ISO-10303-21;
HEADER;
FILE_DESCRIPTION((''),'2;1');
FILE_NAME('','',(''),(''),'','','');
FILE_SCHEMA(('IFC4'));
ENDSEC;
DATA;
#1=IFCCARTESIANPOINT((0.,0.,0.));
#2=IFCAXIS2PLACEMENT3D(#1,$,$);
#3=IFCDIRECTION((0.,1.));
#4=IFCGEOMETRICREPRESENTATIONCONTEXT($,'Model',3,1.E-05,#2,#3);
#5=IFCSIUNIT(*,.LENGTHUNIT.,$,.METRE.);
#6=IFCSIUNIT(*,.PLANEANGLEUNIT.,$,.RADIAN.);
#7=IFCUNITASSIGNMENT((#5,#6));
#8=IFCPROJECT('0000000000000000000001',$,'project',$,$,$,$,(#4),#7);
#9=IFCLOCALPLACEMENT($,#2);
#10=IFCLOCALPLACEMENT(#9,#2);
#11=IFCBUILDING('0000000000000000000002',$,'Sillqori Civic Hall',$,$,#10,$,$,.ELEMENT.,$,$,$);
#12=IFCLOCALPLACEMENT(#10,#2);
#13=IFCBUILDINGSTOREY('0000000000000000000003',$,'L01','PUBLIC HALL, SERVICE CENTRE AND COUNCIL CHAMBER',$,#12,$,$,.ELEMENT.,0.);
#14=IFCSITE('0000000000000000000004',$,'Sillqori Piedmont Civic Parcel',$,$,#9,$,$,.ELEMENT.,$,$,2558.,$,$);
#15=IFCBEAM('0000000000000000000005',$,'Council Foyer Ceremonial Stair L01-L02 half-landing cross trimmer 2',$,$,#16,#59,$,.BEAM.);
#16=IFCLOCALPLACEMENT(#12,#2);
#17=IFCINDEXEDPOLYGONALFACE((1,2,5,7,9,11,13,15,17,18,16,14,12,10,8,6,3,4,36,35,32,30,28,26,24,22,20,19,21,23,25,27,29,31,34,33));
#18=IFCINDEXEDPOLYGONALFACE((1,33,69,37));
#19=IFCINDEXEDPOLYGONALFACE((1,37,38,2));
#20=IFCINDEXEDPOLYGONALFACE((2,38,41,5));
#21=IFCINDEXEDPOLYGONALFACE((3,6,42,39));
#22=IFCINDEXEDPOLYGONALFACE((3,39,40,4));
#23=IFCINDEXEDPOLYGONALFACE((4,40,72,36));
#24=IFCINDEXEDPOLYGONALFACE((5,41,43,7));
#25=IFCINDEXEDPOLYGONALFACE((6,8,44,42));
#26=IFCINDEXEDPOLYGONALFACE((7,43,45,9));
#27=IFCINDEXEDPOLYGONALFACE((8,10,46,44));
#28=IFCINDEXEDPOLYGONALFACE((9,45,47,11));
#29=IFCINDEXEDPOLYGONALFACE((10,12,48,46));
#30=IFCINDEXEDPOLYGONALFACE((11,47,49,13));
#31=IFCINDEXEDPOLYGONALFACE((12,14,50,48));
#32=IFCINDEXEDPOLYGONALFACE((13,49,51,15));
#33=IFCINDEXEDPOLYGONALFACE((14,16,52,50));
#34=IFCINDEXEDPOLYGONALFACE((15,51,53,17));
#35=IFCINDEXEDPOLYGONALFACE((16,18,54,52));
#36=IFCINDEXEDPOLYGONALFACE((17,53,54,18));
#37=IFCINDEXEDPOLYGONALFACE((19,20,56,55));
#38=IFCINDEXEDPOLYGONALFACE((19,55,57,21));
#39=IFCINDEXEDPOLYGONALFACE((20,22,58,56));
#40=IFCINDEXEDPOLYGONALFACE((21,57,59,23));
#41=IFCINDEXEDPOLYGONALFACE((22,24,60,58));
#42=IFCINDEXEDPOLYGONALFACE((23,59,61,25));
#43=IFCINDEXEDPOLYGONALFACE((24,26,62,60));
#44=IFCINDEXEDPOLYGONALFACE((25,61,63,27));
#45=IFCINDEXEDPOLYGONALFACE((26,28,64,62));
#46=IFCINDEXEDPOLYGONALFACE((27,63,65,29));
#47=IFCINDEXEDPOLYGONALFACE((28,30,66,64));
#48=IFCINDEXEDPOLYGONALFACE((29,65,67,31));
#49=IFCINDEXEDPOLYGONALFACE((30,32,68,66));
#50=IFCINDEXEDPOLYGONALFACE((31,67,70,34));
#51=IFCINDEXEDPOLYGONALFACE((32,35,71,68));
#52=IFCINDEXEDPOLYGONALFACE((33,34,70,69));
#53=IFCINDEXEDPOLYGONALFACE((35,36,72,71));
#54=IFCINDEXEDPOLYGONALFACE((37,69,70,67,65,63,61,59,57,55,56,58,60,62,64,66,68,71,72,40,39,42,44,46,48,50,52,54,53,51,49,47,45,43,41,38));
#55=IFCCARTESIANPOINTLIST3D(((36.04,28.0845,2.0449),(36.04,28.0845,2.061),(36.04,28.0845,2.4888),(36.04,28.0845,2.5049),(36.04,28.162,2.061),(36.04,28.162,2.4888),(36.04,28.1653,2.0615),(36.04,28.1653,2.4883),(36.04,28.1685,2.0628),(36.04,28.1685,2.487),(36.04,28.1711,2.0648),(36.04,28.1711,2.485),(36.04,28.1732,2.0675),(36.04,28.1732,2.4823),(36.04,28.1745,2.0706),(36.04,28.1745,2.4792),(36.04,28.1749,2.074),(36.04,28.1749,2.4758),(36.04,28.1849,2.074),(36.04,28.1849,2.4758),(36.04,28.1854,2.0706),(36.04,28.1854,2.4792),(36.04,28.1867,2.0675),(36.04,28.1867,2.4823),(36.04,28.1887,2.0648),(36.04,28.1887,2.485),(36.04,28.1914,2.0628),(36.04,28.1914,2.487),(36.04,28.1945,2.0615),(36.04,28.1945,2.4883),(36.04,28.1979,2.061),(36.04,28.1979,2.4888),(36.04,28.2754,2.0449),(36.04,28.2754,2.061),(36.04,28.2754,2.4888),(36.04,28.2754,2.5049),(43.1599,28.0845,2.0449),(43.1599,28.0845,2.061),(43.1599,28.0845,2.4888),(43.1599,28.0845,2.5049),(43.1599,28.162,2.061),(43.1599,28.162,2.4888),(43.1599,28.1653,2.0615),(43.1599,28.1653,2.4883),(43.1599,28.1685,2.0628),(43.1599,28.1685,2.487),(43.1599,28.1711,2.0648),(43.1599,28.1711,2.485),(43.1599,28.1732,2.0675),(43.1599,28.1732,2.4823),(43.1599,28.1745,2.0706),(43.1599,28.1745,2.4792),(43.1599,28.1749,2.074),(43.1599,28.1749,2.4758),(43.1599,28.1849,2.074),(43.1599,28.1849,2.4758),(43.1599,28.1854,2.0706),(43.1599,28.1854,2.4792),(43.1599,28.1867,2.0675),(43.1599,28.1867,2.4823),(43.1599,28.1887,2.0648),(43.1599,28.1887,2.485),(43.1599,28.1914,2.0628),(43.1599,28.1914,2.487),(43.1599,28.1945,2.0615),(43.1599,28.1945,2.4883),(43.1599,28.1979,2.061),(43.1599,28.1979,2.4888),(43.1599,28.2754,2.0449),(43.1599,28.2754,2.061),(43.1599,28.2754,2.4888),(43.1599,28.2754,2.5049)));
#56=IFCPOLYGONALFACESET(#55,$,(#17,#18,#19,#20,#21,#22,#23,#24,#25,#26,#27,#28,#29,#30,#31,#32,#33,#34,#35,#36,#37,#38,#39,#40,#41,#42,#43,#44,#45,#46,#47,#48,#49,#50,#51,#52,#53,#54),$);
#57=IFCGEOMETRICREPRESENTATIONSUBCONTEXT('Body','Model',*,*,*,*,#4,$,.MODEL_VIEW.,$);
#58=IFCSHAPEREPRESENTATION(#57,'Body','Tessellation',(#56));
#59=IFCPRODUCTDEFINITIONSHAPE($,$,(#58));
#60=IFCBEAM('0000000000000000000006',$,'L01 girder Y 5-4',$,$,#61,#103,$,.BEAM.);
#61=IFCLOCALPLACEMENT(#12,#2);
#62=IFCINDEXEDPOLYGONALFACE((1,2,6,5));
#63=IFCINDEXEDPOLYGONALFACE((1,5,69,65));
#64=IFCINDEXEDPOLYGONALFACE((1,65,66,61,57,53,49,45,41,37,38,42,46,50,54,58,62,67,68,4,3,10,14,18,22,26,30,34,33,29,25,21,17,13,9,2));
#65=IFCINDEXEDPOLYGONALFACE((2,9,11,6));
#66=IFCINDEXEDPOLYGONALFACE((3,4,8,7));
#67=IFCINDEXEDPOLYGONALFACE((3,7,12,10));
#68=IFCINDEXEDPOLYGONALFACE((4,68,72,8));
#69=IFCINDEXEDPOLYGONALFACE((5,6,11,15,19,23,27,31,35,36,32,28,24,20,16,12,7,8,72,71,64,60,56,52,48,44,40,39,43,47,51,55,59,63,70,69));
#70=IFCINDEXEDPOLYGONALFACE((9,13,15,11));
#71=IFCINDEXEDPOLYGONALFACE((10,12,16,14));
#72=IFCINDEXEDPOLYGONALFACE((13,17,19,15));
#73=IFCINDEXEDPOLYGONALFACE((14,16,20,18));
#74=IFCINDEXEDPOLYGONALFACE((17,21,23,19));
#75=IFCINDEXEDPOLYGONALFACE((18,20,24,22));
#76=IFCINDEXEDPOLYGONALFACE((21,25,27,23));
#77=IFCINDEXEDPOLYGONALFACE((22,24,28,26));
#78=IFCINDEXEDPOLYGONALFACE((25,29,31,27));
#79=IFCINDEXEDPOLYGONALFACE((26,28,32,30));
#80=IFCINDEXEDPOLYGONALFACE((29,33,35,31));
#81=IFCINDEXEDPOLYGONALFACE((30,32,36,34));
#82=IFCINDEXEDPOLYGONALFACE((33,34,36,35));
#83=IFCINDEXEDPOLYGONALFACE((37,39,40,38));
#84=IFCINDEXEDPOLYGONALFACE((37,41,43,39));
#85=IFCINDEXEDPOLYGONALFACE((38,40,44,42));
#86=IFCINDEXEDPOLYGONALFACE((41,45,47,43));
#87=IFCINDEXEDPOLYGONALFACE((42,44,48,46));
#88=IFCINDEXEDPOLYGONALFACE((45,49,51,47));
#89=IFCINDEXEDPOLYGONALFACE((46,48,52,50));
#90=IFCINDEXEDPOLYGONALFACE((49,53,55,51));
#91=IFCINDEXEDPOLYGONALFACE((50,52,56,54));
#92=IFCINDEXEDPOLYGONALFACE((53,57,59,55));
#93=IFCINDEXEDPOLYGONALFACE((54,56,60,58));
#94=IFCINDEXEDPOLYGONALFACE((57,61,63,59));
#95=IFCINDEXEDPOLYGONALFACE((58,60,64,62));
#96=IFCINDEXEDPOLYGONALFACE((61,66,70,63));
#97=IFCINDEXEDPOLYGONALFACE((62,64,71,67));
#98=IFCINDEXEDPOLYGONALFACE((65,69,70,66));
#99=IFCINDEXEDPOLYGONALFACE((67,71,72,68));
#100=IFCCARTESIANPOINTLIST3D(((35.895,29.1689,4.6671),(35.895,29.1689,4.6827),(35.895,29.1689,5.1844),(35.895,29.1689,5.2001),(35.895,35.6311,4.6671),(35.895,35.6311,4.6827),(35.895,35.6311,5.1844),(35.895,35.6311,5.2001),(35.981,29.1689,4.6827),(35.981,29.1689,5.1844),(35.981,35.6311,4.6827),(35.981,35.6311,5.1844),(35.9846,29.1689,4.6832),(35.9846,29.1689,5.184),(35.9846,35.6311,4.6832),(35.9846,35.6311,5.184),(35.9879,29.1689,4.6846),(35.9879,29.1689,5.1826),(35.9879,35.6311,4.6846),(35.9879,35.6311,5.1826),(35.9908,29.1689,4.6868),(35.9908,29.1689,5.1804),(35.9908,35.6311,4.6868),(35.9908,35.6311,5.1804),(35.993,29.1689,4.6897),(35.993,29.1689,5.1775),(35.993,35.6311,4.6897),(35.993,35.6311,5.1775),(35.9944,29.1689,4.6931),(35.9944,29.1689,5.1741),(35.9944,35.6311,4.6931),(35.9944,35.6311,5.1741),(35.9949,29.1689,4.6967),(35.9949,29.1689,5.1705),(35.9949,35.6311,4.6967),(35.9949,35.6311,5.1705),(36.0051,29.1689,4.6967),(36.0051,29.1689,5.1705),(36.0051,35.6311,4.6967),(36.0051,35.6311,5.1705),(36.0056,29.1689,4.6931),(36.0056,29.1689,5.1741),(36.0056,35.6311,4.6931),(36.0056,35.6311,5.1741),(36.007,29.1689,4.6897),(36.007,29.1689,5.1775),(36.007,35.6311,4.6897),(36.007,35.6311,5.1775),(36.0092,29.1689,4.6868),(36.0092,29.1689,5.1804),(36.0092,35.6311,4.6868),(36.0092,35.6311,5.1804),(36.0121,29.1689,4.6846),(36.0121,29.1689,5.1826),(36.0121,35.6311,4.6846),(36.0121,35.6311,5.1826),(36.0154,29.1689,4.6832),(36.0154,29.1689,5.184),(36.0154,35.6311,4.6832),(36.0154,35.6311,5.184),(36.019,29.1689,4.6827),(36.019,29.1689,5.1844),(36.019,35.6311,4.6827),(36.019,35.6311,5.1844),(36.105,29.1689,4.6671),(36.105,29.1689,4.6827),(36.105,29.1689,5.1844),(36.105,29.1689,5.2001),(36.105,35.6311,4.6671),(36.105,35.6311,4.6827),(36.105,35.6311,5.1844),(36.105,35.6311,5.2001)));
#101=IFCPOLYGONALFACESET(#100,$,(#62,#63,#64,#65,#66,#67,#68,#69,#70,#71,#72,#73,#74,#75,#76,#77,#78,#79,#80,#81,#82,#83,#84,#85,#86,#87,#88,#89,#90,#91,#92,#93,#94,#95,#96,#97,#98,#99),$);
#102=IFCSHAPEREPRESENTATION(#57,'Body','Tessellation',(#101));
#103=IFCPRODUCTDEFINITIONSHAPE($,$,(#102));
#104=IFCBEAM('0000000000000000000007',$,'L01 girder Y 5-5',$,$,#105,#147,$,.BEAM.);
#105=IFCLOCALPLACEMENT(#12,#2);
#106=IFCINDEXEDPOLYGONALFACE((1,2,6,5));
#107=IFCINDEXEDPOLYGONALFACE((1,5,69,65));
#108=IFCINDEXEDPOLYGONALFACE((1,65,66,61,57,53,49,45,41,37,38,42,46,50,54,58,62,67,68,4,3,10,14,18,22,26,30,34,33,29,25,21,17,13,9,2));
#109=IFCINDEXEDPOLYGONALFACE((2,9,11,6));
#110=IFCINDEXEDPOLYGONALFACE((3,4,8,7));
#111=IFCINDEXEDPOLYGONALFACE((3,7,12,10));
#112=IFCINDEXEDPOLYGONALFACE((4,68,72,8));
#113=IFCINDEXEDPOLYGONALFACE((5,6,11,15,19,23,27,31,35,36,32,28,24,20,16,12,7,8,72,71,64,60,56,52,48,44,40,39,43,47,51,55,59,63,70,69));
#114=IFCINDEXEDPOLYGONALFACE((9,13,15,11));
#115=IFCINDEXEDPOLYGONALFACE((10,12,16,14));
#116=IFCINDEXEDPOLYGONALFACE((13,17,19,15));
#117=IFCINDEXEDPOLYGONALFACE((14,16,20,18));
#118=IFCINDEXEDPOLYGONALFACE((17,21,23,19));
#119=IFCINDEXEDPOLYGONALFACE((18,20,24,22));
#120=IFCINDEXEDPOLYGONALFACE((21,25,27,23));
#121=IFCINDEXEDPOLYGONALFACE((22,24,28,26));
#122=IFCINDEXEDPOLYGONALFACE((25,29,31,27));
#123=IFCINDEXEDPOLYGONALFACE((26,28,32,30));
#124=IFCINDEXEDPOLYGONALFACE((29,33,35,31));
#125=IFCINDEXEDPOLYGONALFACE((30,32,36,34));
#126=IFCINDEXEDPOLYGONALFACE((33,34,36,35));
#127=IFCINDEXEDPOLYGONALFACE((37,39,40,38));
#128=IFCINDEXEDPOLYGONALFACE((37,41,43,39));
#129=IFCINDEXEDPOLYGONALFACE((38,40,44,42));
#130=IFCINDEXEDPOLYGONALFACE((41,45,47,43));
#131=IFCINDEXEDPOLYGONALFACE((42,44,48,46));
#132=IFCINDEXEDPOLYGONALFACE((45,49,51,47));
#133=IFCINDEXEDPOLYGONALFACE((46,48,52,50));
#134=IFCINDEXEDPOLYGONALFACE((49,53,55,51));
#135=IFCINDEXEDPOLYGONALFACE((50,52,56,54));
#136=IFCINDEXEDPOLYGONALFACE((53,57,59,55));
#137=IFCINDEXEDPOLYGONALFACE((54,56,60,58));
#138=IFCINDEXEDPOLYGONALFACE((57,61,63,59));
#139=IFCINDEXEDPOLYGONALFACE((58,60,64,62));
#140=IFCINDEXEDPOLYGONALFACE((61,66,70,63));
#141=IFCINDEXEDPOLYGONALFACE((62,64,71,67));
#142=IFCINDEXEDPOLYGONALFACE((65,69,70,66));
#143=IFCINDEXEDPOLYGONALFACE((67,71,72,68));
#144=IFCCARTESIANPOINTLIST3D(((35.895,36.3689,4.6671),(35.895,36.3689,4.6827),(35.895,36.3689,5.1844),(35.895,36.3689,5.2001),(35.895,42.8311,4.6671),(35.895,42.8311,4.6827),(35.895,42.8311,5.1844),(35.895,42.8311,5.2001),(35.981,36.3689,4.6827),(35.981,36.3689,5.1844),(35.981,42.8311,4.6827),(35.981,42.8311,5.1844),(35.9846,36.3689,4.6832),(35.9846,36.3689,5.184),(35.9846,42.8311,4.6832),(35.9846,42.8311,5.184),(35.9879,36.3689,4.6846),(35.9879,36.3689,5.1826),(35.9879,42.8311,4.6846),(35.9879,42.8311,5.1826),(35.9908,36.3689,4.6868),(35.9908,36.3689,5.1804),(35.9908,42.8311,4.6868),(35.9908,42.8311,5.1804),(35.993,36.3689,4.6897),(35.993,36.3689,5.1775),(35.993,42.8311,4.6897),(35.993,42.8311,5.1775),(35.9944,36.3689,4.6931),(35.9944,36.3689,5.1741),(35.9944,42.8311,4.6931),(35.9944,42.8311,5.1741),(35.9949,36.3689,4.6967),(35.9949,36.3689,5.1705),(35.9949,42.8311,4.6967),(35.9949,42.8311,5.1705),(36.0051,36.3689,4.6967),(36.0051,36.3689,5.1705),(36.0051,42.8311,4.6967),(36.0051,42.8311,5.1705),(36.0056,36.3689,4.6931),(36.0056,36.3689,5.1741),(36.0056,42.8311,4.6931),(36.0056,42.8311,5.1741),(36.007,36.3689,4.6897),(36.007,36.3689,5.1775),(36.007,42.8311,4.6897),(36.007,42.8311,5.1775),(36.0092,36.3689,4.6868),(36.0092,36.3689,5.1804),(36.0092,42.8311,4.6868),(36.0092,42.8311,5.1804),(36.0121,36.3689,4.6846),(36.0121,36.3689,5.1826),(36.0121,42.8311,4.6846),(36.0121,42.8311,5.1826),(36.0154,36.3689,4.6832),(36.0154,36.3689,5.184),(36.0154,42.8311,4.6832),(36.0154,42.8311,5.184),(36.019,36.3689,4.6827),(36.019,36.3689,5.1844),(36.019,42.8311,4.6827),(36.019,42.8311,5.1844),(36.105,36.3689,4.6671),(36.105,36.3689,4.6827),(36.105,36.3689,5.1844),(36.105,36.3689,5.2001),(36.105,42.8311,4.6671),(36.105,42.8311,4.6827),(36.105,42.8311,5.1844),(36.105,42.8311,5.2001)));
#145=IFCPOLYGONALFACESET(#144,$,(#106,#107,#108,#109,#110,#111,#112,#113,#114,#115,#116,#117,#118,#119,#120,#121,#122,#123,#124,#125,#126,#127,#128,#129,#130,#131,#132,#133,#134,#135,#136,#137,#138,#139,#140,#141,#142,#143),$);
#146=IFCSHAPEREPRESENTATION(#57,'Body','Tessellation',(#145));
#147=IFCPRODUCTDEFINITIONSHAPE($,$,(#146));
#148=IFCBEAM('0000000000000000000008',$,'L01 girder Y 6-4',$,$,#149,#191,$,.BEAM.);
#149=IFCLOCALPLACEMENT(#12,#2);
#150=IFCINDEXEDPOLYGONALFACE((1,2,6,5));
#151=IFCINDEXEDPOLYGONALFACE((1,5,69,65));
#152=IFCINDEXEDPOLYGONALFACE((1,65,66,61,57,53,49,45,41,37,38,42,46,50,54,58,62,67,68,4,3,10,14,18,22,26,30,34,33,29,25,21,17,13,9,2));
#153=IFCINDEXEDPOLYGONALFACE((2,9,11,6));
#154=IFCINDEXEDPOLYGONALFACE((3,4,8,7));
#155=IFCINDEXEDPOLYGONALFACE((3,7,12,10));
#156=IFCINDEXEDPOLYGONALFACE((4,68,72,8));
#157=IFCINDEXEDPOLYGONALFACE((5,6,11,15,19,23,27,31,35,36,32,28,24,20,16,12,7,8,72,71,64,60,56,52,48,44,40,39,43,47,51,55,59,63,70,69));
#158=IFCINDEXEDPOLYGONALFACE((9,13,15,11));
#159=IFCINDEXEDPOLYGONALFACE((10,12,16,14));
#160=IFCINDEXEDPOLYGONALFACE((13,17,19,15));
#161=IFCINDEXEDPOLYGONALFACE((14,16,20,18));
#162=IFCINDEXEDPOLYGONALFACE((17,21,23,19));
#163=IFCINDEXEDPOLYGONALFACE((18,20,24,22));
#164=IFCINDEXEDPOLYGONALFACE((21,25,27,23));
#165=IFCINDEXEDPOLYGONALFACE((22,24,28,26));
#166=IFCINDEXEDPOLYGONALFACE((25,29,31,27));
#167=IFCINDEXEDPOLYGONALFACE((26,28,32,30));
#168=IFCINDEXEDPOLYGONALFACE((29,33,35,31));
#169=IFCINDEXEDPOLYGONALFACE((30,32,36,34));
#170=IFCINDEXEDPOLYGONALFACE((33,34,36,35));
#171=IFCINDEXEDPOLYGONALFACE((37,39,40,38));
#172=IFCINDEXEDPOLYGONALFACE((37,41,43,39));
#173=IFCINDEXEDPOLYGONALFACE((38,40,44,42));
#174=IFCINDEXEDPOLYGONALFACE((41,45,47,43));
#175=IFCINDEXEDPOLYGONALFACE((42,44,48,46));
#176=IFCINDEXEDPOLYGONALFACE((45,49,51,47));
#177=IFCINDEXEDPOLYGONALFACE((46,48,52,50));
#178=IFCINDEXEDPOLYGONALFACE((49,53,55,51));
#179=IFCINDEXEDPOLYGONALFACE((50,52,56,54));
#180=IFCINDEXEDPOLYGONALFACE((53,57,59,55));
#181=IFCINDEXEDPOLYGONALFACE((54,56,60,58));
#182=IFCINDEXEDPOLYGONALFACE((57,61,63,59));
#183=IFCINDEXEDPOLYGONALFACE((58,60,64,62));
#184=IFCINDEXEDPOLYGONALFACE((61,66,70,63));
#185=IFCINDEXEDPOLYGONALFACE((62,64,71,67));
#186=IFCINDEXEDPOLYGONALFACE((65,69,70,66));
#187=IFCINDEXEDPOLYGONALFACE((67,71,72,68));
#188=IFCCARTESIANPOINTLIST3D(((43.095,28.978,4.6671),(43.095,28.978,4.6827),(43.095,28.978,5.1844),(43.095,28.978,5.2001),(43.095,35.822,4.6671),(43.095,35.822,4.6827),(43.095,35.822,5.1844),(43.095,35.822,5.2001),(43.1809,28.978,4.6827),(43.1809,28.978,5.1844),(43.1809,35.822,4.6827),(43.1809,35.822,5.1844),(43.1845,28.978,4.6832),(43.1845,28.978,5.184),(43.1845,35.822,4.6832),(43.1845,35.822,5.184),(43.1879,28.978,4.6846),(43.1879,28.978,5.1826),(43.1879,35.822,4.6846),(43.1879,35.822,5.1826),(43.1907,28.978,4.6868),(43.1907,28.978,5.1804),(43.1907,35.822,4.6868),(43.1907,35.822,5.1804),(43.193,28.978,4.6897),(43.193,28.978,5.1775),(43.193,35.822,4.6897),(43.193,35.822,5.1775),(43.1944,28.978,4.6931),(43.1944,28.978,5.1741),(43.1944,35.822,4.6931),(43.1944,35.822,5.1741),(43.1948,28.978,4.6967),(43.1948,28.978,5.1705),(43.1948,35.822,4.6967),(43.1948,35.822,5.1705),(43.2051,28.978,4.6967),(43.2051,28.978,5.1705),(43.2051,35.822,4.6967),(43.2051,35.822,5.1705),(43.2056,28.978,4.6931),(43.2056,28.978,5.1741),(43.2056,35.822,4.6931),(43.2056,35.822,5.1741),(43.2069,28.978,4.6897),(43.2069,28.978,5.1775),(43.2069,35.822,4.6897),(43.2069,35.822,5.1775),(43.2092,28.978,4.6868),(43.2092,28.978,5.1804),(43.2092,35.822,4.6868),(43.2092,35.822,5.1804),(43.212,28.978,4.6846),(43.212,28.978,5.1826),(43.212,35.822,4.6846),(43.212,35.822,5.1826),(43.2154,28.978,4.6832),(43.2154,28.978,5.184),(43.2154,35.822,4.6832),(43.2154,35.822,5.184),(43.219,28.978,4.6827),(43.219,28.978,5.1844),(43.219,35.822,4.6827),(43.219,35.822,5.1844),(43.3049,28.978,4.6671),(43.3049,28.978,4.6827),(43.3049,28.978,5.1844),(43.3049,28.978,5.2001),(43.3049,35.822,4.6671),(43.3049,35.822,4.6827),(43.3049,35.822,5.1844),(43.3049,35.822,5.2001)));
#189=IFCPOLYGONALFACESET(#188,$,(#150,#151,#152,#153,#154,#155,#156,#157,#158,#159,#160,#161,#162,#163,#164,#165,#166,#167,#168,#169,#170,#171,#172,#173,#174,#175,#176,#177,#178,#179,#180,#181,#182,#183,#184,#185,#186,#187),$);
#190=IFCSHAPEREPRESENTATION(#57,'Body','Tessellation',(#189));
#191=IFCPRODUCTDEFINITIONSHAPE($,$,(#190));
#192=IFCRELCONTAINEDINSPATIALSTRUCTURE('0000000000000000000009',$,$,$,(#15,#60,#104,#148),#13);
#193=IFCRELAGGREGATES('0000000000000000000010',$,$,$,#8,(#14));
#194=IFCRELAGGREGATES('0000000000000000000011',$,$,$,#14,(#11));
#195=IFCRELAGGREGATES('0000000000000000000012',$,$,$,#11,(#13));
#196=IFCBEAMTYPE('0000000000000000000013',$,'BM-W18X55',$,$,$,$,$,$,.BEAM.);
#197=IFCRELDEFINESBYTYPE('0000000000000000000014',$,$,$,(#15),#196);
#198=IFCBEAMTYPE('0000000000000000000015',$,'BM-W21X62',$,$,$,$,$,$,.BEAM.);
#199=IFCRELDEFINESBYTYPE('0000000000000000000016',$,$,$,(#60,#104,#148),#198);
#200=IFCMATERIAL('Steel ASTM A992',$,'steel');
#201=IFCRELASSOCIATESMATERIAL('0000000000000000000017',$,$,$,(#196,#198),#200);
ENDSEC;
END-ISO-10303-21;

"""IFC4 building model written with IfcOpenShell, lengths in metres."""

from ifc_helpers import new_model, si_unit, direction, frame, origin, origin_2d, place, context, subcontext, project, spatial, i_section, extrude, material, material_profile, profile_set, type_object, element, save


model = new_model("IFC4")

# Units and contexts
model_context = context("Model", 3, precision=1e-05, world=origin(), true_north=direction((0.0, 1.0)))
body_context = subcontext(model_context, "Body", "Model", "MODEL_VIEW")
ifc_project = project(units=[si_unit("LENGTHUNIT", "METRE"), si_unit("PLANEANGLEUNIT", "RADIAN")], contexts=[model_context])

# Site, building, storey
site_placement = place(None, origin())
site = spatial("IfcSite", under=ifc_project, at=site_placement, Name="Sillqori Piedmont Civic Parcel", CompositionType="ELEMENT", RefElevation=2558.0)
building_placement = place(site_placement, origin())
building = spatial("IfcBuilding", under=site, at=building_placement, Name="Sillqori Civic Hall", CompositionType="ELEMENT")
storey_placement = place(building_placement, origin())
storey = spatial("IfcBuildingStorey", under=building, at=storey_placement, Name="L01", Description="PUBLIC HALL, SERVICE CENTRE AND COUNCIL CHAMBER", CompositionType="ELEMENT", Elevation=0.0)

# Shared definitions
ifc_material_1 = material(Name="Steel ASTM A992", Category="steel")

# Beams
ifc_material_profile_1 = material_profile(ifc_material_1, i_section(OverallWidth=0.1909, OverallDepth=0.46, WebThickness=0.01, FlangeThickness=0.0161, FilletRadius=0.0129, at=origin_2d()), Name="W18X55")
ifc_profile_set_1 = profile_set([ifc_material_profile_1], Name="Steel ASTM A992")
beam_type_1 = type_object("IfcBeamType", Name="BM-W18X55", PredefinedType="BEAM", material=ifc_profile_set_1)
for number, where, z_axis, x_axis, name in (
    (1, (36.04, 28.1799, 2.2749), (1.0, 0.0, 0.0), (0.0, 1.0, 0.0), "Council Foyer Ceremonial Stair L01-L02 half-landing cross trimmer 2"),
):
    element("IfcBeam", number, at=place(storey_placement, frame(where, z_axis=z_axis, x_axis=x_axis)), inside=storey, type_object=beam_type_1, Name=name, PredefinedType="BEAM", context=body_context, shape_type="SweptSolid", body=[
        extrude(i_section(OverallWidth=0.1909, OverallDepth=0.46, WebThickness=0.01, FlangeThickness=0.0161, FilletRadius=0.0129, at=origin_2d()), origin(), (0.0, 0.0, 1.0), 7.1199),
    ])
ifc_material_profile_2 = material_profile(ifc_material_1, i_section(OverallWidth=0.21, OverallDepth=0.533, WebThickness=0.0103, FlangeThickness=0.0156, FilletRadius=0.0139, at=origin_2d()), Name="W21X62")
ifc_profile_set_2 = profile_set([ifc_material_profile_2], Name="Steel ASTM A992")
beam_type_2 = type_object("IfcBeamType", Name="BM-W21X62", PredefinedType="BEAM", material=ifc_profile_set_2)
for number, where, z_axis, x_axis, name in (
    (2, (36.0, 29.1689, 4.9336), (0.0, 1.0, 0.0), (-1.0, 0.0, 0.0), "L01 girder Y 5-4"),
    (3, (36.0, 36.3689, 4.9336), (0.0, 1.0, 0.0), (-1.0, 0.0, 0.0), "L01 girder Y 5-5"),
):
    element("IfcBeam", number, at=place(storey_placement, frame(where, z_axis=z_axis, x_axis=x_axis)), inside=storey, type_object=beam_type_2, Name=name, PredefinedType="BEAM", context=body_context, shape_type="SweptSolid", body=[
        extrude(i_section(OverallWidth=0.21, OverallDepth=0.533, WebThickness=0.0103, FlangeThickness=0.0156, FilletRadius=0.0139, at=origin_2d()), origin(), (0.0, 0.0, 1.0), 6.4622),
    ])
for number, where, z_axis, x_axis, name in (
    (4, (43.2, 28.978, 4.9336), (0.0, 1.0, 0.0), (-1.0, 0.0, 0.0), "L01 girder Y 6-4"),
):
    element("IfcBeam", number, at=place(storey_placement, frame(where, z_axis=z_axis, x_axis=x_axis)), inside=storey, type_object=beam_type_2, Name=name, PredefinedType="BEAM", context=body_context, shape_type="SweptSolid", body=[
        extrude(i_section(OverallWidth=0.21, OverallDepth=0.533, WebThickness=0.0103, FlangeThickness=0.0156, FilletRadius=0.0139, at=origin_2d()), origin(), (0.0, 0.0, 1.0), 6.844),
    ])

save(model, "model.ifc")
